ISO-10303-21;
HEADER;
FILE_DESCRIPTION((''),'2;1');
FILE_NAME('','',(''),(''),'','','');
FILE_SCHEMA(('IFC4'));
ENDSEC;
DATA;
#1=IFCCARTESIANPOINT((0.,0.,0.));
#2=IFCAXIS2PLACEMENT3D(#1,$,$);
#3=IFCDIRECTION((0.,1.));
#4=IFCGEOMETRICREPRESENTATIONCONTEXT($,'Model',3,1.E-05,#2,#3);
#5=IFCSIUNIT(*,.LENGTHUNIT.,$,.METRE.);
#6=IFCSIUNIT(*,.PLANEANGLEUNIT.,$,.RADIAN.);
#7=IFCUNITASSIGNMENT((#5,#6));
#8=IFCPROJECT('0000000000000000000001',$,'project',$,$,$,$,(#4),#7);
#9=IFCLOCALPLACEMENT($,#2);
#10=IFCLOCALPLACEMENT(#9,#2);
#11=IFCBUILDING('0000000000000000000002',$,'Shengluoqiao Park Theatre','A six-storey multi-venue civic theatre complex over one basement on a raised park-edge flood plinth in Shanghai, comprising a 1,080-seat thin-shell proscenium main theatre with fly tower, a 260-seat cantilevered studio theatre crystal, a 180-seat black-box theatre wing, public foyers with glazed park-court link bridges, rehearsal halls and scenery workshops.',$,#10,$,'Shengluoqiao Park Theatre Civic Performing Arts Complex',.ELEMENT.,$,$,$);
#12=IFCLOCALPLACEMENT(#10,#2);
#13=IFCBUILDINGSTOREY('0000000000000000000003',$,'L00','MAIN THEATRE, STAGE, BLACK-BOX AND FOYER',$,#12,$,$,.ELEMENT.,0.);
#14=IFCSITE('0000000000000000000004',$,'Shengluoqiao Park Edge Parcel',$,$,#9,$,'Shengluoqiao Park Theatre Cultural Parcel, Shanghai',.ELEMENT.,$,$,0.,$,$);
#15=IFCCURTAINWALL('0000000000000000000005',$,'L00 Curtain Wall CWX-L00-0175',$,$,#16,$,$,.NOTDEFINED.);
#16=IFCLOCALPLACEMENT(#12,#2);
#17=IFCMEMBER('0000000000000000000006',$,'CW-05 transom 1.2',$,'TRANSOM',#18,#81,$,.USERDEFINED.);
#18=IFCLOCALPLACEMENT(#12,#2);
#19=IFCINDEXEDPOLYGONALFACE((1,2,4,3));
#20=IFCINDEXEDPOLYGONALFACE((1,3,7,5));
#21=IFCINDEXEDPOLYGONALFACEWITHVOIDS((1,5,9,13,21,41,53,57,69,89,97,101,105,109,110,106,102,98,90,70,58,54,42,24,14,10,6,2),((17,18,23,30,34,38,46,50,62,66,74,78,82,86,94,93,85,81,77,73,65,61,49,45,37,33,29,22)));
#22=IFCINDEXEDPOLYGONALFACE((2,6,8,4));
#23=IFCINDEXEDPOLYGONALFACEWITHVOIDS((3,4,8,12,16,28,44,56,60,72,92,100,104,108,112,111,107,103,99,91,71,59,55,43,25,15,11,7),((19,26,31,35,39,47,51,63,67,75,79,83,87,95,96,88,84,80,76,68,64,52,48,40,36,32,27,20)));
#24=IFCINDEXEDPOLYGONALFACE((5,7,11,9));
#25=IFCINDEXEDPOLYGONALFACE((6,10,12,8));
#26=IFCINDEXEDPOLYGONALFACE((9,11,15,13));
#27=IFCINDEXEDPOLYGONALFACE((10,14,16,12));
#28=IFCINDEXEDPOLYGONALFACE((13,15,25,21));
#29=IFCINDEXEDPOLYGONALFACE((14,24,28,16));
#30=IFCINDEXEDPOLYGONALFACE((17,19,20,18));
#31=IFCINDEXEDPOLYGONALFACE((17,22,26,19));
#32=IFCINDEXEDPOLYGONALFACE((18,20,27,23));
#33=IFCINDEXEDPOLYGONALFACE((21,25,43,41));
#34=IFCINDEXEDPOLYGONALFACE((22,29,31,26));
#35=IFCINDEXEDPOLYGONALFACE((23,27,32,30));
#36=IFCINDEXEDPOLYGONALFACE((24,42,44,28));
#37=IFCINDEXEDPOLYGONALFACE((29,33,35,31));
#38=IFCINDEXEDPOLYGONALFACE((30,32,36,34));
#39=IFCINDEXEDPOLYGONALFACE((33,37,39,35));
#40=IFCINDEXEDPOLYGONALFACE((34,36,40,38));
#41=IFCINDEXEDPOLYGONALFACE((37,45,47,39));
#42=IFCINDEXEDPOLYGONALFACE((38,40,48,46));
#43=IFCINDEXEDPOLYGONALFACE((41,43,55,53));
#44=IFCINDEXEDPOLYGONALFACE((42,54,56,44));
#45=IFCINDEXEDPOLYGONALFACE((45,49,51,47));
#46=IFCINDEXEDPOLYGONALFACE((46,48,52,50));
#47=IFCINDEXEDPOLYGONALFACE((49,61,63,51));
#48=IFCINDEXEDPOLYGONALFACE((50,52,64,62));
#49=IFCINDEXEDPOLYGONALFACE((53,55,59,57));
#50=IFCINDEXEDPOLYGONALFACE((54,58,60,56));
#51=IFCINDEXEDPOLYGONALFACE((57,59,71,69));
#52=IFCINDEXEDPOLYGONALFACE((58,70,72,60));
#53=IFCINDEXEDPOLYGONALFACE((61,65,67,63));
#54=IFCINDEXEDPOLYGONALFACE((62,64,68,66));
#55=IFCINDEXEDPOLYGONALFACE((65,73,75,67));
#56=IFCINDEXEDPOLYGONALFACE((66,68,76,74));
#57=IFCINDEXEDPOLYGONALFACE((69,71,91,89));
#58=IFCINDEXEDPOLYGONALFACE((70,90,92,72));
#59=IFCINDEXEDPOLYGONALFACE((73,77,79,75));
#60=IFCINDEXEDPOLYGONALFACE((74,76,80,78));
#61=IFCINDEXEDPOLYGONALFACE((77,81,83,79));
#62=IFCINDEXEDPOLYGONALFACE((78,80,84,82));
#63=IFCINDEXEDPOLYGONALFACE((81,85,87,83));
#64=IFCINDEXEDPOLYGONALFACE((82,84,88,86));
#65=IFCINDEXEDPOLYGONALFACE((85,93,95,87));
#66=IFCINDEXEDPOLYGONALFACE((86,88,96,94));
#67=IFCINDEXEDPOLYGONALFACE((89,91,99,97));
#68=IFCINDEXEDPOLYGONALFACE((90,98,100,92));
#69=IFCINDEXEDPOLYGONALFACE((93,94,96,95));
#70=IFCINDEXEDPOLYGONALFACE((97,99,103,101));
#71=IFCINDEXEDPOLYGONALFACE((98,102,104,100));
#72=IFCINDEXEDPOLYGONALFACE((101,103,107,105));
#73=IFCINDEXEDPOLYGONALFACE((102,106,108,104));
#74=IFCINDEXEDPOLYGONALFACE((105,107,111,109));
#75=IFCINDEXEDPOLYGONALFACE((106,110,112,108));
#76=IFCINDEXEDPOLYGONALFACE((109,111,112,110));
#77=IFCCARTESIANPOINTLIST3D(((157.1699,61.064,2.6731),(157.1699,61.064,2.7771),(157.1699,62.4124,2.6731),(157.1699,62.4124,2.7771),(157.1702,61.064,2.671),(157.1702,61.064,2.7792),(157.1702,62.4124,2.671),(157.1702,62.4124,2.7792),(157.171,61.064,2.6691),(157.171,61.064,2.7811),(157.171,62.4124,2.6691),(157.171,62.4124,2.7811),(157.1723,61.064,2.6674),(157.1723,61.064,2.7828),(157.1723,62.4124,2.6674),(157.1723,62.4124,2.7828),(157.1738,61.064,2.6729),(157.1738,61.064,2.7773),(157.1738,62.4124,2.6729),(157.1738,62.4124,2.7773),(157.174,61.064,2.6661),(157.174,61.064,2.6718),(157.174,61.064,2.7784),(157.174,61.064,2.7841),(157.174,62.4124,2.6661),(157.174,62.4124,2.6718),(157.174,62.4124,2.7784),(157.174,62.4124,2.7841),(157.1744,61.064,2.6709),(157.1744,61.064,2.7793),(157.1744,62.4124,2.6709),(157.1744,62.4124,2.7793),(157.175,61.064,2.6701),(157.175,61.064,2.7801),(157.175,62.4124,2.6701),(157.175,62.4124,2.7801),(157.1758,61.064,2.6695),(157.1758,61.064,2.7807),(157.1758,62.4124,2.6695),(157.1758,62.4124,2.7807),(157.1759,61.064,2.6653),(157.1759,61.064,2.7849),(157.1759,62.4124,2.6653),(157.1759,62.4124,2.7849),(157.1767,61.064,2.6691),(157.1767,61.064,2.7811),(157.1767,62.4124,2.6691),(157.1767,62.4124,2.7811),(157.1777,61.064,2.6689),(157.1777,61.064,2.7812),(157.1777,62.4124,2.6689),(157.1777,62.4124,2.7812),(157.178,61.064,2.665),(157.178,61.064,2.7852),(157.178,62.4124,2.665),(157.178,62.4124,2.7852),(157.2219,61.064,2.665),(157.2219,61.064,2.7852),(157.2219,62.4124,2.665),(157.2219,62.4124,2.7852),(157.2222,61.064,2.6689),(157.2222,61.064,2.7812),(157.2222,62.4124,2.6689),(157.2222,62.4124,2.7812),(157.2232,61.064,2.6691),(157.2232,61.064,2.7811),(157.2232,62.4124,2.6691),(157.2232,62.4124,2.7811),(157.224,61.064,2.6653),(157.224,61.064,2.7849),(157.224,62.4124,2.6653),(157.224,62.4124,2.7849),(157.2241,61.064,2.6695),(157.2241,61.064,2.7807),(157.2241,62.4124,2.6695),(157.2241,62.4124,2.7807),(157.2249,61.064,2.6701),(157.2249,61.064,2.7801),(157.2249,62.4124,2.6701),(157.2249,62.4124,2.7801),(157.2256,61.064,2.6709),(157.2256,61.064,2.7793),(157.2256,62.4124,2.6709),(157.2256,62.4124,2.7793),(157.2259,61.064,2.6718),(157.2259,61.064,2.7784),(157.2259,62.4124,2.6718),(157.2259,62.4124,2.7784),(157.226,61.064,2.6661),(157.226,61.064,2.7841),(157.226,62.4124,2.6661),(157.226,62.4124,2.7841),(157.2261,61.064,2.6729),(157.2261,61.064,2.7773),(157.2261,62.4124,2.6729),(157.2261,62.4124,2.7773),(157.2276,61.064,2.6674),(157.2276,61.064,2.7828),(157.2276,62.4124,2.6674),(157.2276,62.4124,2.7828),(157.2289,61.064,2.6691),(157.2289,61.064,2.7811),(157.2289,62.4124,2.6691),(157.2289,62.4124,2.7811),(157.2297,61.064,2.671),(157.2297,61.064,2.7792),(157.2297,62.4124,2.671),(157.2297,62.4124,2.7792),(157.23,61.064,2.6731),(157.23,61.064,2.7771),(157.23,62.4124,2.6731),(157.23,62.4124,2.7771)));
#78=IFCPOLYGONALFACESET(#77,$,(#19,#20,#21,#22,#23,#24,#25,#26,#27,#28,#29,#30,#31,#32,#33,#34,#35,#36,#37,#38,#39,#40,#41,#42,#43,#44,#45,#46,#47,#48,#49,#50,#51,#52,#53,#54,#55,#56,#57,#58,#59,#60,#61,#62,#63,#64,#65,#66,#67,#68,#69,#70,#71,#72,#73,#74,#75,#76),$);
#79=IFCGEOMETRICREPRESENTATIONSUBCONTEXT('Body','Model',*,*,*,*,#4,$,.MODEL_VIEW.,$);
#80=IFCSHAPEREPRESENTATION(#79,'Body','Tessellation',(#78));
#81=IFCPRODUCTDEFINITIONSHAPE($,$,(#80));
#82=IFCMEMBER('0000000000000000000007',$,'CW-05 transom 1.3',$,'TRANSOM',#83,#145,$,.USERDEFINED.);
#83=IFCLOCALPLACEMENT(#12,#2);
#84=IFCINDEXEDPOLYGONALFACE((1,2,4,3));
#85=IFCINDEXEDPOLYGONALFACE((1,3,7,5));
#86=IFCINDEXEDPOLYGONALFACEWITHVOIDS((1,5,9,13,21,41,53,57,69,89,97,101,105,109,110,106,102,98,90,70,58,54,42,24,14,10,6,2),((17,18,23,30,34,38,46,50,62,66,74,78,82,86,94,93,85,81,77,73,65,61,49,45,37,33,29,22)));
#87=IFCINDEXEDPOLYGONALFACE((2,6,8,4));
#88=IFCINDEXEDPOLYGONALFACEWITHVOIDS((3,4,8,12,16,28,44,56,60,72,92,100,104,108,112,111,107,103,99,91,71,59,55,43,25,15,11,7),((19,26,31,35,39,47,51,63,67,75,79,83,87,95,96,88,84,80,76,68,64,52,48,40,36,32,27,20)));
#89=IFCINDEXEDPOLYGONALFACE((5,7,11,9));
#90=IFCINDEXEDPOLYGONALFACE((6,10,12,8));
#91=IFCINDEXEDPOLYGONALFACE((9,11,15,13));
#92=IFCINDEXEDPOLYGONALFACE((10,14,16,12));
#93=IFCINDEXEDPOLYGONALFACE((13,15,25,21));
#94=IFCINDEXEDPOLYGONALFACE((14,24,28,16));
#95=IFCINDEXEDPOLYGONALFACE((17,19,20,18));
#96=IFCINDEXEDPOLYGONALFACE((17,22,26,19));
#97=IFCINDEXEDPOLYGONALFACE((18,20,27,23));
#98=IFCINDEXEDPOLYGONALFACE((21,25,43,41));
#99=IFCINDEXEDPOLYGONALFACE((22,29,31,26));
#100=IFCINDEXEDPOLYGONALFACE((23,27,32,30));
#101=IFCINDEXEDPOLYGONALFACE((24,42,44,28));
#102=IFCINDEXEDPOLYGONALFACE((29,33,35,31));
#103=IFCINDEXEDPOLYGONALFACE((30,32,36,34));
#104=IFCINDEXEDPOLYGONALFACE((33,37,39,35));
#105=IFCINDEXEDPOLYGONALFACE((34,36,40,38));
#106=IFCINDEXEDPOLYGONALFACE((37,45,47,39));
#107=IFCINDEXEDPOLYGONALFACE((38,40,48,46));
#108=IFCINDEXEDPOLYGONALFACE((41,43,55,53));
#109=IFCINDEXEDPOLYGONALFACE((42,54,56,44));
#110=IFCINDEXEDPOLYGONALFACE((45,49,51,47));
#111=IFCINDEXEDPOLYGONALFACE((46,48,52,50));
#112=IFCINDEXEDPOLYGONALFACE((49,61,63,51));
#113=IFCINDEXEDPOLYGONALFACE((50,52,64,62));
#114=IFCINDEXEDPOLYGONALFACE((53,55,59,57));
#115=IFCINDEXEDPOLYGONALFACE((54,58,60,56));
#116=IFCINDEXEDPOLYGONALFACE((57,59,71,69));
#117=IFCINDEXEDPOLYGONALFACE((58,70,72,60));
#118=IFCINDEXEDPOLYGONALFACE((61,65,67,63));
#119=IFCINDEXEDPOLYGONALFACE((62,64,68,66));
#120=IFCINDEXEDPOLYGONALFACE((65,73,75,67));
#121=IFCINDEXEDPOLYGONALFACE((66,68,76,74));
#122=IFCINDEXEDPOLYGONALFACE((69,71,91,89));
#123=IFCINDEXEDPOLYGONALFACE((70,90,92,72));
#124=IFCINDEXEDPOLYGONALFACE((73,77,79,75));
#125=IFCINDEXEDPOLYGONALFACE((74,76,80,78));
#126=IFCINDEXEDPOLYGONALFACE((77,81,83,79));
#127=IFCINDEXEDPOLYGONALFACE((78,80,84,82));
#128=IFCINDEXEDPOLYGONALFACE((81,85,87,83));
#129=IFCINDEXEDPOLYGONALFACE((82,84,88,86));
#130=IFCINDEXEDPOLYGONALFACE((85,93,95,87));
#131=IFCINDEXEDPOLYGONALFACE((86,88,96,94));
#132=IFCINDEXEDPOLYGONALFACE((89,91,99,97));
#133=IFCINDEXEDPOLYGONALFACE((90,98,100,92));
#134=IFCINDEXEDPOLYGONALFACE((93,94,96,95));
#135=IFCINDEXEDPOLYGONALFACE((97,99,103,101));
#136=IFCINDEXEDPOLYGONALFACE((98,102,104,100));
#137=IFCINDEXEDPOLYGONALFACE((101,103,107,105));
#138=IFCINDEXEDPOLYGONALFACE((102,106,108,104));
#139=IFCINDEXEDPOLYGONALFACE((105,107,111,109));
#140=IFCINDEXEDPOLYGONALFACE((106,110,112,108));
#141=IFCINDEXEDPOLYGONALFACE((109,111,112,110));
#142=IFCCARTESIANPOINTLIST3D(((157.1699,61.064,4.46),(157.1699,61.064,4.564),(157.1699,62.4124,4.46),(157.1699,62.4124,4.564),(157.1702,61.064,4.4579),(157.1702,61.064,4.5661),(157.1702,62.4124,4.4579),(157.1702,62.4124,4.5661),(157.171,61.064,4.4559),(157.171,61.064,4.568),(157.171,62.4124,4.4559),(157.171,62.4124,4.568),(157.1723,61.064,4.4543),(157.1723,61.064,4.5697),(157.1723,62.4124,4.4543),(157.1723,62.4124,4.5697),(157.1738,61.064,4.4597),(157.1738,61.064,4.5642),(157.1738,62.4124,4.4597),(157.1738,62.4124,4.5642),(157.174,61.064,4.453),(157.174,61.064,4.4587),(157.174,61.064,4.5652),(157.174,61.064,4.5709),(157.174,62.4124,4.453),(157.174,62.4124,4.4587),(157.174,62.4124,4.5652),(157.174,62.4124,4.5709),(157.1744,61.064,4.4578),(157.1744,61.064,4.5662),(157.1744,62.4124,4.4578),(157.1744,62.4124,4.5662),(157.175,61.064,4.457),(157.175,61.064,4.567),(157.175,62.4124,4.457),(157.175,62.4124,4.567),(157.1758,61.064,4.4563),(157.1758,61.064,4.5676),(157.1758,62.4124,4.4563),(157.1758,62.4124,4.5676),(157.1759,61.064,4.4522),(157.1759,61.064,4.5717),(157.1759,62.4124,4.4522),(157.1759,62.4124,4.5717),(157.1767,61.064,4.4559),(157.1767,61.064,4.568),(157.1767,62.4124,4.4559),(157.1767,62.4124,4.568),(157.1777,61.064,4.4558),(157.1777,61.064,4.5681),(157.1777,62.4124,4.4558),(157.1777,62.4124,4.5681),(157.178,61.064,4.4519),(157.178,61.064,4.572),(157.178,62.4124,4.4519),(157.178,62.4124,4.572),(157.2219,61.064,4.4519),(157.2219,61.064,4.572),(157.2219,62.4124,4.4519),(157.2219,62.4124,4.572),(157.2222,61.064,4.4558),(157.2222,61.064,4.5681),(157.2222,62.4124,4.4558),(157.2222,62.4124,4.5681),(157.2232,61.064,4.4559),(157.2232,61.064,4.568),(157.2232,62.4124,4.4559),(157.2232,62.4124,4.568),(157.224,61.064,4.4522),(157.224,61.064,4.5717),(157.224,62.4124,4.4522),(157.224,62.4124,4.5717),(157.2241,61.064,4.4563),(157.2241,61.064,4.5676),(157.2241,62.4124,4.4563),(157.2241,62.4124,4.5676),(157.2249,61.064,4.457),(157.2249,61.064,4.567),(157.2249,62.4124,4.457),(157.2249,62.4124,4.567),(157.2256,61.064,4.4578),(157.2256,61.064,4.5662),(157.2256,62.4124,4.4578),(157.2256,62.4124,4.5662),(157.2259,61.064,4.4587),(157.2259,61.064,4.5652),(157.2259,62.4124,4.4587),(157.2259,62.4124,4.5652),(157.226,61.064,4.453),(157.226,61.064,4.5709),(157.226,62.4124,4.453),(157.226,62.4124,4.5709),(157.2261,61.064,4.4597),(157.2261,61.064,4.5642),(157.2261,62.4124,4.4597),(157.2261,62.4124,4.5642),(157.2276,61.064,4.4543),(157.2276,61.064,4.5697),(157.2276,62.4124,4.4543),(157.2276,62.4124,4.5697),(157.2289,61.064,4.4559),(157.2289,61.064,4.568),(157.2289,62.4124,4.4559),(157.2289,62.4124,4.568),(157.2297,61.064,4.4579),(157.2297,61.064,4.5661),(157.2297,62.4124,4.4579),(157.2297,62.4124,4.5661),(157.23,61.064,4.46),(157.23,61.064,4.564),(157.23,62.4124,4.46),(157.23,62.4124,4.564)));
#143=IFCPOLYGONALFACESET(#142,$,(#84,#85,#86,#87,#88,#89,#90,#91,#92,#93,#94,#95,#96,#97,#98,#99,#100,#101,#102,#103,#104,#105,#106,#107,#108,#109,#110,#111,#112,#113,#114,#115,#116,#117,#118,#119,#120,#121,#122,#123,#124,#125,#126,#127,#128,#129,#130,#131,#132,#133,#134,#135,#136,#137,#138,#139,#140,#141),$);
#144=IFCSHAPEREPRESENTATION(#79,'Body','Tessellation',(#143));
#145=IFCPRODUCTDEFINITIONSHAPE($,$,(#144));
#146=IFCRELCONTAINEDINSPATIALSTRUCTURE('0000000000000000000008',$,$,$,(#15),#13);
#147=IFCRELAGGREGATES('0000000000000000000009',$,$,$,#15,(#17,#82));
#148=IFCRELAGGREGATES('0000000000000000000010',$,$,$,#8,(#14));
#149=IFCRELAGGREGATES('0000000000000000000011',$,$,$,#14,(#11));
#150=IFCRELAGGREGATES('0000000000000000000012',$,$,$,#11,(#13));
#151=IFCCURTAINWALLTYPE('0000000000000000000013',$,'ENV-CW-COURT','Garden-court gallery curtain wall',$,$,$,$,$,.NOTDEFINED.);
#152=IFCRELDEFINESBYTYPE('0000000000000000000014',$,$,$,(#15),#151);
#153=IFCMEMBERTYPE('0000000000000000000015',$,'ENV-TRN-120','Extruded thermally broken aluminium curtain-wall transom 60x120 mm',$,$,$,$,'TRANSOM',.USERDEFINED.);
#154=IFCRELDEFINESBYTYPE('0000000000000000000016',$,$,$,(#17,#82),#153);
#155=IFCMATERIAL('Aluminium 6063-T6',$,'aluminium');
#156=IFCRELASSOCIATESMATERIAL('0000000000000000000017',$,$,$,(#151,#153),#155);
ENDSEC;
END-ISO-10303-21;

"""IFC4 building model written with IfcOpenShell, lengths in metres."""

from ifc_helpers import new_model, si_unit, direction, frame, origin, origin_2d, place, context, subcontext, project, spatial, hollow_rectangle, extrude, material, material_profile, profile_set, type_object, element, aggregate, save


model = new_model("IFC4")

# Units and contexts
model_context = context("Model", 3, precision=1e-05, world=origin(), true_north=direction((0.0, 1.0)))
body_context = subcontext(model_context, "Body", "Model", "MODEL_VIEW")
ifc_project = project(units=[si_unit("LENGTHUNIT", "METRE"), si_unit("PLANEANGLEUNIT", "RADIAN")], contexts=[model_context])

# Site, building, storey
site_placement = place(None, origin())
site = spatial("IfcSite", under=ifc_project, at=site_placement, Name="Shengluoqiao Park Edge Parcel", LongName="Shengluoqiao Park Theatre Cultural Parcel, Shanghai", CompositionType="ELEMENT", RefElevation=0.0)
building_placement = place(site_placement, origin())
building = spatial("IfcBuilding", under=site, at=building_placement, Name="Shengluoqiao Park Theatre", Description="A six-storey multi-venue civic theatre complex over one basement on a raised park-edge flood plinth in Shanghai, comprising a 1,080-seat thin-shell proscenium main theatre with fly tower, a 260-seat cantilevered studio theatre crystal, a 180-seat black-box theatre wing, public foyers with glazed park-court link bridges, rehearsal halls and scenery workshops.", LongName="Shengluoqiao Park Theatre Civic Performing Arts Complex", CompositionType="ELEMENT")
storey_placement = place(building_placement, origin())
storey = spatial("IfcBuildingStorey", under=building, at=storey_placement, Name="L00", Description="MAIN THEATRE, STAGE, BLACK-BOX AND FOYER", CompositionType="ELEMENT", Elevation=0.0)

# Curtain wall, members
ifc_material_1 = material(Name="Aluminium 6063-T6", Category="aluminium")
curtain_wall_type = type_object("IfcCurtainWallType", Name="ENV-CW-COURT", Description="Garden-court gallery curtain wall", PredefinedType="NOTDEFINED", material=ifc_material_1)
curtain_wall_placement = place(storey_placement, origin())
curtain_wall = element("IfcCurtainWall", 1, at=curtain_wall_placement, inside=storey, type_object=curtain_wall_type, Name="L00 Curtain Wall CWX-L00-0175", PredefinedType="NOTDEFINED")
ifc_material_profile_1 = material_profile(ifc_material_1, hollow_rectangle(XDim=0.0601, YDim=0.1201, WallThickness=0.0039, InnerFilletRadius=0.0039, OuterFilletRadius=0.0081, at=origin_2d()), Name="ALU TRANSOM 120x60x4")
ifc_profile_set_1 = profile_set([ifc_material_profile_1], Name="Aluminium 6063-T6")
member_type_1 = type_object("IfcMemberType", Name="ENV-TRN-120", Description="Extruded thermally broken aluminium curtain-wall transom 60x120 mm", ElementType="TRANSOM", PredefinedType="USERDEFINED", material=ifc_profile_set_1)
member_1_placement = place(storey_placement, frame((157.2, 61.064, 2.7251), z_axis=(0.0, 1.0, 0.0), x_axis=(-1.0, 0.0, 0.0)))
member_1 = element("IfcMember", 2, at=member_1_placement, type_object=member_type_1, Name="CW-05 transom 1.2", ObjectType="TRANSOM", PredefinedType="USERDEFINED", context=body_context, shape_type="SweptSolid", body=[
    extrude(hollow_rectangle(XDim=0.0601, YDim=0.1201, WallThickness=0.0039, InnerFilletRadius=0.0039, OuterFilletRadius=0.0081, at=origin_2d()), origin(), (0.0, 0.0, 1.0), 1.3484),
])
member_2_placement = place(storey_placement, frame((157.2, 61.064, 4.512), z_axis=(0.0, 1.0, 0.0), x_axis=(-1.0, 0.0, 0.0)))
member_2 = element("IfcMember", 3, at=member_2_placement, type_object=member_type_1, Name="CW-05 transom 1.3", ObjectType="TRANSOM", PredefinedType="USERDEFINED", context=body_context, shape_type="SweptSolid", body=[
    extrude(hollow_rectangle(XDim=0.0601, YDim=0.1201, WallThickness=0.0039, InnerFilletRadius=0.0039, OuterFilletRadius=0.0081, at=origin_2d()), origin(), (0.0, 0.0, 1.0), 1.3484),
])
aggregate(curtain_wall, [member_1, member_2])

save(model, "model.ifc")
